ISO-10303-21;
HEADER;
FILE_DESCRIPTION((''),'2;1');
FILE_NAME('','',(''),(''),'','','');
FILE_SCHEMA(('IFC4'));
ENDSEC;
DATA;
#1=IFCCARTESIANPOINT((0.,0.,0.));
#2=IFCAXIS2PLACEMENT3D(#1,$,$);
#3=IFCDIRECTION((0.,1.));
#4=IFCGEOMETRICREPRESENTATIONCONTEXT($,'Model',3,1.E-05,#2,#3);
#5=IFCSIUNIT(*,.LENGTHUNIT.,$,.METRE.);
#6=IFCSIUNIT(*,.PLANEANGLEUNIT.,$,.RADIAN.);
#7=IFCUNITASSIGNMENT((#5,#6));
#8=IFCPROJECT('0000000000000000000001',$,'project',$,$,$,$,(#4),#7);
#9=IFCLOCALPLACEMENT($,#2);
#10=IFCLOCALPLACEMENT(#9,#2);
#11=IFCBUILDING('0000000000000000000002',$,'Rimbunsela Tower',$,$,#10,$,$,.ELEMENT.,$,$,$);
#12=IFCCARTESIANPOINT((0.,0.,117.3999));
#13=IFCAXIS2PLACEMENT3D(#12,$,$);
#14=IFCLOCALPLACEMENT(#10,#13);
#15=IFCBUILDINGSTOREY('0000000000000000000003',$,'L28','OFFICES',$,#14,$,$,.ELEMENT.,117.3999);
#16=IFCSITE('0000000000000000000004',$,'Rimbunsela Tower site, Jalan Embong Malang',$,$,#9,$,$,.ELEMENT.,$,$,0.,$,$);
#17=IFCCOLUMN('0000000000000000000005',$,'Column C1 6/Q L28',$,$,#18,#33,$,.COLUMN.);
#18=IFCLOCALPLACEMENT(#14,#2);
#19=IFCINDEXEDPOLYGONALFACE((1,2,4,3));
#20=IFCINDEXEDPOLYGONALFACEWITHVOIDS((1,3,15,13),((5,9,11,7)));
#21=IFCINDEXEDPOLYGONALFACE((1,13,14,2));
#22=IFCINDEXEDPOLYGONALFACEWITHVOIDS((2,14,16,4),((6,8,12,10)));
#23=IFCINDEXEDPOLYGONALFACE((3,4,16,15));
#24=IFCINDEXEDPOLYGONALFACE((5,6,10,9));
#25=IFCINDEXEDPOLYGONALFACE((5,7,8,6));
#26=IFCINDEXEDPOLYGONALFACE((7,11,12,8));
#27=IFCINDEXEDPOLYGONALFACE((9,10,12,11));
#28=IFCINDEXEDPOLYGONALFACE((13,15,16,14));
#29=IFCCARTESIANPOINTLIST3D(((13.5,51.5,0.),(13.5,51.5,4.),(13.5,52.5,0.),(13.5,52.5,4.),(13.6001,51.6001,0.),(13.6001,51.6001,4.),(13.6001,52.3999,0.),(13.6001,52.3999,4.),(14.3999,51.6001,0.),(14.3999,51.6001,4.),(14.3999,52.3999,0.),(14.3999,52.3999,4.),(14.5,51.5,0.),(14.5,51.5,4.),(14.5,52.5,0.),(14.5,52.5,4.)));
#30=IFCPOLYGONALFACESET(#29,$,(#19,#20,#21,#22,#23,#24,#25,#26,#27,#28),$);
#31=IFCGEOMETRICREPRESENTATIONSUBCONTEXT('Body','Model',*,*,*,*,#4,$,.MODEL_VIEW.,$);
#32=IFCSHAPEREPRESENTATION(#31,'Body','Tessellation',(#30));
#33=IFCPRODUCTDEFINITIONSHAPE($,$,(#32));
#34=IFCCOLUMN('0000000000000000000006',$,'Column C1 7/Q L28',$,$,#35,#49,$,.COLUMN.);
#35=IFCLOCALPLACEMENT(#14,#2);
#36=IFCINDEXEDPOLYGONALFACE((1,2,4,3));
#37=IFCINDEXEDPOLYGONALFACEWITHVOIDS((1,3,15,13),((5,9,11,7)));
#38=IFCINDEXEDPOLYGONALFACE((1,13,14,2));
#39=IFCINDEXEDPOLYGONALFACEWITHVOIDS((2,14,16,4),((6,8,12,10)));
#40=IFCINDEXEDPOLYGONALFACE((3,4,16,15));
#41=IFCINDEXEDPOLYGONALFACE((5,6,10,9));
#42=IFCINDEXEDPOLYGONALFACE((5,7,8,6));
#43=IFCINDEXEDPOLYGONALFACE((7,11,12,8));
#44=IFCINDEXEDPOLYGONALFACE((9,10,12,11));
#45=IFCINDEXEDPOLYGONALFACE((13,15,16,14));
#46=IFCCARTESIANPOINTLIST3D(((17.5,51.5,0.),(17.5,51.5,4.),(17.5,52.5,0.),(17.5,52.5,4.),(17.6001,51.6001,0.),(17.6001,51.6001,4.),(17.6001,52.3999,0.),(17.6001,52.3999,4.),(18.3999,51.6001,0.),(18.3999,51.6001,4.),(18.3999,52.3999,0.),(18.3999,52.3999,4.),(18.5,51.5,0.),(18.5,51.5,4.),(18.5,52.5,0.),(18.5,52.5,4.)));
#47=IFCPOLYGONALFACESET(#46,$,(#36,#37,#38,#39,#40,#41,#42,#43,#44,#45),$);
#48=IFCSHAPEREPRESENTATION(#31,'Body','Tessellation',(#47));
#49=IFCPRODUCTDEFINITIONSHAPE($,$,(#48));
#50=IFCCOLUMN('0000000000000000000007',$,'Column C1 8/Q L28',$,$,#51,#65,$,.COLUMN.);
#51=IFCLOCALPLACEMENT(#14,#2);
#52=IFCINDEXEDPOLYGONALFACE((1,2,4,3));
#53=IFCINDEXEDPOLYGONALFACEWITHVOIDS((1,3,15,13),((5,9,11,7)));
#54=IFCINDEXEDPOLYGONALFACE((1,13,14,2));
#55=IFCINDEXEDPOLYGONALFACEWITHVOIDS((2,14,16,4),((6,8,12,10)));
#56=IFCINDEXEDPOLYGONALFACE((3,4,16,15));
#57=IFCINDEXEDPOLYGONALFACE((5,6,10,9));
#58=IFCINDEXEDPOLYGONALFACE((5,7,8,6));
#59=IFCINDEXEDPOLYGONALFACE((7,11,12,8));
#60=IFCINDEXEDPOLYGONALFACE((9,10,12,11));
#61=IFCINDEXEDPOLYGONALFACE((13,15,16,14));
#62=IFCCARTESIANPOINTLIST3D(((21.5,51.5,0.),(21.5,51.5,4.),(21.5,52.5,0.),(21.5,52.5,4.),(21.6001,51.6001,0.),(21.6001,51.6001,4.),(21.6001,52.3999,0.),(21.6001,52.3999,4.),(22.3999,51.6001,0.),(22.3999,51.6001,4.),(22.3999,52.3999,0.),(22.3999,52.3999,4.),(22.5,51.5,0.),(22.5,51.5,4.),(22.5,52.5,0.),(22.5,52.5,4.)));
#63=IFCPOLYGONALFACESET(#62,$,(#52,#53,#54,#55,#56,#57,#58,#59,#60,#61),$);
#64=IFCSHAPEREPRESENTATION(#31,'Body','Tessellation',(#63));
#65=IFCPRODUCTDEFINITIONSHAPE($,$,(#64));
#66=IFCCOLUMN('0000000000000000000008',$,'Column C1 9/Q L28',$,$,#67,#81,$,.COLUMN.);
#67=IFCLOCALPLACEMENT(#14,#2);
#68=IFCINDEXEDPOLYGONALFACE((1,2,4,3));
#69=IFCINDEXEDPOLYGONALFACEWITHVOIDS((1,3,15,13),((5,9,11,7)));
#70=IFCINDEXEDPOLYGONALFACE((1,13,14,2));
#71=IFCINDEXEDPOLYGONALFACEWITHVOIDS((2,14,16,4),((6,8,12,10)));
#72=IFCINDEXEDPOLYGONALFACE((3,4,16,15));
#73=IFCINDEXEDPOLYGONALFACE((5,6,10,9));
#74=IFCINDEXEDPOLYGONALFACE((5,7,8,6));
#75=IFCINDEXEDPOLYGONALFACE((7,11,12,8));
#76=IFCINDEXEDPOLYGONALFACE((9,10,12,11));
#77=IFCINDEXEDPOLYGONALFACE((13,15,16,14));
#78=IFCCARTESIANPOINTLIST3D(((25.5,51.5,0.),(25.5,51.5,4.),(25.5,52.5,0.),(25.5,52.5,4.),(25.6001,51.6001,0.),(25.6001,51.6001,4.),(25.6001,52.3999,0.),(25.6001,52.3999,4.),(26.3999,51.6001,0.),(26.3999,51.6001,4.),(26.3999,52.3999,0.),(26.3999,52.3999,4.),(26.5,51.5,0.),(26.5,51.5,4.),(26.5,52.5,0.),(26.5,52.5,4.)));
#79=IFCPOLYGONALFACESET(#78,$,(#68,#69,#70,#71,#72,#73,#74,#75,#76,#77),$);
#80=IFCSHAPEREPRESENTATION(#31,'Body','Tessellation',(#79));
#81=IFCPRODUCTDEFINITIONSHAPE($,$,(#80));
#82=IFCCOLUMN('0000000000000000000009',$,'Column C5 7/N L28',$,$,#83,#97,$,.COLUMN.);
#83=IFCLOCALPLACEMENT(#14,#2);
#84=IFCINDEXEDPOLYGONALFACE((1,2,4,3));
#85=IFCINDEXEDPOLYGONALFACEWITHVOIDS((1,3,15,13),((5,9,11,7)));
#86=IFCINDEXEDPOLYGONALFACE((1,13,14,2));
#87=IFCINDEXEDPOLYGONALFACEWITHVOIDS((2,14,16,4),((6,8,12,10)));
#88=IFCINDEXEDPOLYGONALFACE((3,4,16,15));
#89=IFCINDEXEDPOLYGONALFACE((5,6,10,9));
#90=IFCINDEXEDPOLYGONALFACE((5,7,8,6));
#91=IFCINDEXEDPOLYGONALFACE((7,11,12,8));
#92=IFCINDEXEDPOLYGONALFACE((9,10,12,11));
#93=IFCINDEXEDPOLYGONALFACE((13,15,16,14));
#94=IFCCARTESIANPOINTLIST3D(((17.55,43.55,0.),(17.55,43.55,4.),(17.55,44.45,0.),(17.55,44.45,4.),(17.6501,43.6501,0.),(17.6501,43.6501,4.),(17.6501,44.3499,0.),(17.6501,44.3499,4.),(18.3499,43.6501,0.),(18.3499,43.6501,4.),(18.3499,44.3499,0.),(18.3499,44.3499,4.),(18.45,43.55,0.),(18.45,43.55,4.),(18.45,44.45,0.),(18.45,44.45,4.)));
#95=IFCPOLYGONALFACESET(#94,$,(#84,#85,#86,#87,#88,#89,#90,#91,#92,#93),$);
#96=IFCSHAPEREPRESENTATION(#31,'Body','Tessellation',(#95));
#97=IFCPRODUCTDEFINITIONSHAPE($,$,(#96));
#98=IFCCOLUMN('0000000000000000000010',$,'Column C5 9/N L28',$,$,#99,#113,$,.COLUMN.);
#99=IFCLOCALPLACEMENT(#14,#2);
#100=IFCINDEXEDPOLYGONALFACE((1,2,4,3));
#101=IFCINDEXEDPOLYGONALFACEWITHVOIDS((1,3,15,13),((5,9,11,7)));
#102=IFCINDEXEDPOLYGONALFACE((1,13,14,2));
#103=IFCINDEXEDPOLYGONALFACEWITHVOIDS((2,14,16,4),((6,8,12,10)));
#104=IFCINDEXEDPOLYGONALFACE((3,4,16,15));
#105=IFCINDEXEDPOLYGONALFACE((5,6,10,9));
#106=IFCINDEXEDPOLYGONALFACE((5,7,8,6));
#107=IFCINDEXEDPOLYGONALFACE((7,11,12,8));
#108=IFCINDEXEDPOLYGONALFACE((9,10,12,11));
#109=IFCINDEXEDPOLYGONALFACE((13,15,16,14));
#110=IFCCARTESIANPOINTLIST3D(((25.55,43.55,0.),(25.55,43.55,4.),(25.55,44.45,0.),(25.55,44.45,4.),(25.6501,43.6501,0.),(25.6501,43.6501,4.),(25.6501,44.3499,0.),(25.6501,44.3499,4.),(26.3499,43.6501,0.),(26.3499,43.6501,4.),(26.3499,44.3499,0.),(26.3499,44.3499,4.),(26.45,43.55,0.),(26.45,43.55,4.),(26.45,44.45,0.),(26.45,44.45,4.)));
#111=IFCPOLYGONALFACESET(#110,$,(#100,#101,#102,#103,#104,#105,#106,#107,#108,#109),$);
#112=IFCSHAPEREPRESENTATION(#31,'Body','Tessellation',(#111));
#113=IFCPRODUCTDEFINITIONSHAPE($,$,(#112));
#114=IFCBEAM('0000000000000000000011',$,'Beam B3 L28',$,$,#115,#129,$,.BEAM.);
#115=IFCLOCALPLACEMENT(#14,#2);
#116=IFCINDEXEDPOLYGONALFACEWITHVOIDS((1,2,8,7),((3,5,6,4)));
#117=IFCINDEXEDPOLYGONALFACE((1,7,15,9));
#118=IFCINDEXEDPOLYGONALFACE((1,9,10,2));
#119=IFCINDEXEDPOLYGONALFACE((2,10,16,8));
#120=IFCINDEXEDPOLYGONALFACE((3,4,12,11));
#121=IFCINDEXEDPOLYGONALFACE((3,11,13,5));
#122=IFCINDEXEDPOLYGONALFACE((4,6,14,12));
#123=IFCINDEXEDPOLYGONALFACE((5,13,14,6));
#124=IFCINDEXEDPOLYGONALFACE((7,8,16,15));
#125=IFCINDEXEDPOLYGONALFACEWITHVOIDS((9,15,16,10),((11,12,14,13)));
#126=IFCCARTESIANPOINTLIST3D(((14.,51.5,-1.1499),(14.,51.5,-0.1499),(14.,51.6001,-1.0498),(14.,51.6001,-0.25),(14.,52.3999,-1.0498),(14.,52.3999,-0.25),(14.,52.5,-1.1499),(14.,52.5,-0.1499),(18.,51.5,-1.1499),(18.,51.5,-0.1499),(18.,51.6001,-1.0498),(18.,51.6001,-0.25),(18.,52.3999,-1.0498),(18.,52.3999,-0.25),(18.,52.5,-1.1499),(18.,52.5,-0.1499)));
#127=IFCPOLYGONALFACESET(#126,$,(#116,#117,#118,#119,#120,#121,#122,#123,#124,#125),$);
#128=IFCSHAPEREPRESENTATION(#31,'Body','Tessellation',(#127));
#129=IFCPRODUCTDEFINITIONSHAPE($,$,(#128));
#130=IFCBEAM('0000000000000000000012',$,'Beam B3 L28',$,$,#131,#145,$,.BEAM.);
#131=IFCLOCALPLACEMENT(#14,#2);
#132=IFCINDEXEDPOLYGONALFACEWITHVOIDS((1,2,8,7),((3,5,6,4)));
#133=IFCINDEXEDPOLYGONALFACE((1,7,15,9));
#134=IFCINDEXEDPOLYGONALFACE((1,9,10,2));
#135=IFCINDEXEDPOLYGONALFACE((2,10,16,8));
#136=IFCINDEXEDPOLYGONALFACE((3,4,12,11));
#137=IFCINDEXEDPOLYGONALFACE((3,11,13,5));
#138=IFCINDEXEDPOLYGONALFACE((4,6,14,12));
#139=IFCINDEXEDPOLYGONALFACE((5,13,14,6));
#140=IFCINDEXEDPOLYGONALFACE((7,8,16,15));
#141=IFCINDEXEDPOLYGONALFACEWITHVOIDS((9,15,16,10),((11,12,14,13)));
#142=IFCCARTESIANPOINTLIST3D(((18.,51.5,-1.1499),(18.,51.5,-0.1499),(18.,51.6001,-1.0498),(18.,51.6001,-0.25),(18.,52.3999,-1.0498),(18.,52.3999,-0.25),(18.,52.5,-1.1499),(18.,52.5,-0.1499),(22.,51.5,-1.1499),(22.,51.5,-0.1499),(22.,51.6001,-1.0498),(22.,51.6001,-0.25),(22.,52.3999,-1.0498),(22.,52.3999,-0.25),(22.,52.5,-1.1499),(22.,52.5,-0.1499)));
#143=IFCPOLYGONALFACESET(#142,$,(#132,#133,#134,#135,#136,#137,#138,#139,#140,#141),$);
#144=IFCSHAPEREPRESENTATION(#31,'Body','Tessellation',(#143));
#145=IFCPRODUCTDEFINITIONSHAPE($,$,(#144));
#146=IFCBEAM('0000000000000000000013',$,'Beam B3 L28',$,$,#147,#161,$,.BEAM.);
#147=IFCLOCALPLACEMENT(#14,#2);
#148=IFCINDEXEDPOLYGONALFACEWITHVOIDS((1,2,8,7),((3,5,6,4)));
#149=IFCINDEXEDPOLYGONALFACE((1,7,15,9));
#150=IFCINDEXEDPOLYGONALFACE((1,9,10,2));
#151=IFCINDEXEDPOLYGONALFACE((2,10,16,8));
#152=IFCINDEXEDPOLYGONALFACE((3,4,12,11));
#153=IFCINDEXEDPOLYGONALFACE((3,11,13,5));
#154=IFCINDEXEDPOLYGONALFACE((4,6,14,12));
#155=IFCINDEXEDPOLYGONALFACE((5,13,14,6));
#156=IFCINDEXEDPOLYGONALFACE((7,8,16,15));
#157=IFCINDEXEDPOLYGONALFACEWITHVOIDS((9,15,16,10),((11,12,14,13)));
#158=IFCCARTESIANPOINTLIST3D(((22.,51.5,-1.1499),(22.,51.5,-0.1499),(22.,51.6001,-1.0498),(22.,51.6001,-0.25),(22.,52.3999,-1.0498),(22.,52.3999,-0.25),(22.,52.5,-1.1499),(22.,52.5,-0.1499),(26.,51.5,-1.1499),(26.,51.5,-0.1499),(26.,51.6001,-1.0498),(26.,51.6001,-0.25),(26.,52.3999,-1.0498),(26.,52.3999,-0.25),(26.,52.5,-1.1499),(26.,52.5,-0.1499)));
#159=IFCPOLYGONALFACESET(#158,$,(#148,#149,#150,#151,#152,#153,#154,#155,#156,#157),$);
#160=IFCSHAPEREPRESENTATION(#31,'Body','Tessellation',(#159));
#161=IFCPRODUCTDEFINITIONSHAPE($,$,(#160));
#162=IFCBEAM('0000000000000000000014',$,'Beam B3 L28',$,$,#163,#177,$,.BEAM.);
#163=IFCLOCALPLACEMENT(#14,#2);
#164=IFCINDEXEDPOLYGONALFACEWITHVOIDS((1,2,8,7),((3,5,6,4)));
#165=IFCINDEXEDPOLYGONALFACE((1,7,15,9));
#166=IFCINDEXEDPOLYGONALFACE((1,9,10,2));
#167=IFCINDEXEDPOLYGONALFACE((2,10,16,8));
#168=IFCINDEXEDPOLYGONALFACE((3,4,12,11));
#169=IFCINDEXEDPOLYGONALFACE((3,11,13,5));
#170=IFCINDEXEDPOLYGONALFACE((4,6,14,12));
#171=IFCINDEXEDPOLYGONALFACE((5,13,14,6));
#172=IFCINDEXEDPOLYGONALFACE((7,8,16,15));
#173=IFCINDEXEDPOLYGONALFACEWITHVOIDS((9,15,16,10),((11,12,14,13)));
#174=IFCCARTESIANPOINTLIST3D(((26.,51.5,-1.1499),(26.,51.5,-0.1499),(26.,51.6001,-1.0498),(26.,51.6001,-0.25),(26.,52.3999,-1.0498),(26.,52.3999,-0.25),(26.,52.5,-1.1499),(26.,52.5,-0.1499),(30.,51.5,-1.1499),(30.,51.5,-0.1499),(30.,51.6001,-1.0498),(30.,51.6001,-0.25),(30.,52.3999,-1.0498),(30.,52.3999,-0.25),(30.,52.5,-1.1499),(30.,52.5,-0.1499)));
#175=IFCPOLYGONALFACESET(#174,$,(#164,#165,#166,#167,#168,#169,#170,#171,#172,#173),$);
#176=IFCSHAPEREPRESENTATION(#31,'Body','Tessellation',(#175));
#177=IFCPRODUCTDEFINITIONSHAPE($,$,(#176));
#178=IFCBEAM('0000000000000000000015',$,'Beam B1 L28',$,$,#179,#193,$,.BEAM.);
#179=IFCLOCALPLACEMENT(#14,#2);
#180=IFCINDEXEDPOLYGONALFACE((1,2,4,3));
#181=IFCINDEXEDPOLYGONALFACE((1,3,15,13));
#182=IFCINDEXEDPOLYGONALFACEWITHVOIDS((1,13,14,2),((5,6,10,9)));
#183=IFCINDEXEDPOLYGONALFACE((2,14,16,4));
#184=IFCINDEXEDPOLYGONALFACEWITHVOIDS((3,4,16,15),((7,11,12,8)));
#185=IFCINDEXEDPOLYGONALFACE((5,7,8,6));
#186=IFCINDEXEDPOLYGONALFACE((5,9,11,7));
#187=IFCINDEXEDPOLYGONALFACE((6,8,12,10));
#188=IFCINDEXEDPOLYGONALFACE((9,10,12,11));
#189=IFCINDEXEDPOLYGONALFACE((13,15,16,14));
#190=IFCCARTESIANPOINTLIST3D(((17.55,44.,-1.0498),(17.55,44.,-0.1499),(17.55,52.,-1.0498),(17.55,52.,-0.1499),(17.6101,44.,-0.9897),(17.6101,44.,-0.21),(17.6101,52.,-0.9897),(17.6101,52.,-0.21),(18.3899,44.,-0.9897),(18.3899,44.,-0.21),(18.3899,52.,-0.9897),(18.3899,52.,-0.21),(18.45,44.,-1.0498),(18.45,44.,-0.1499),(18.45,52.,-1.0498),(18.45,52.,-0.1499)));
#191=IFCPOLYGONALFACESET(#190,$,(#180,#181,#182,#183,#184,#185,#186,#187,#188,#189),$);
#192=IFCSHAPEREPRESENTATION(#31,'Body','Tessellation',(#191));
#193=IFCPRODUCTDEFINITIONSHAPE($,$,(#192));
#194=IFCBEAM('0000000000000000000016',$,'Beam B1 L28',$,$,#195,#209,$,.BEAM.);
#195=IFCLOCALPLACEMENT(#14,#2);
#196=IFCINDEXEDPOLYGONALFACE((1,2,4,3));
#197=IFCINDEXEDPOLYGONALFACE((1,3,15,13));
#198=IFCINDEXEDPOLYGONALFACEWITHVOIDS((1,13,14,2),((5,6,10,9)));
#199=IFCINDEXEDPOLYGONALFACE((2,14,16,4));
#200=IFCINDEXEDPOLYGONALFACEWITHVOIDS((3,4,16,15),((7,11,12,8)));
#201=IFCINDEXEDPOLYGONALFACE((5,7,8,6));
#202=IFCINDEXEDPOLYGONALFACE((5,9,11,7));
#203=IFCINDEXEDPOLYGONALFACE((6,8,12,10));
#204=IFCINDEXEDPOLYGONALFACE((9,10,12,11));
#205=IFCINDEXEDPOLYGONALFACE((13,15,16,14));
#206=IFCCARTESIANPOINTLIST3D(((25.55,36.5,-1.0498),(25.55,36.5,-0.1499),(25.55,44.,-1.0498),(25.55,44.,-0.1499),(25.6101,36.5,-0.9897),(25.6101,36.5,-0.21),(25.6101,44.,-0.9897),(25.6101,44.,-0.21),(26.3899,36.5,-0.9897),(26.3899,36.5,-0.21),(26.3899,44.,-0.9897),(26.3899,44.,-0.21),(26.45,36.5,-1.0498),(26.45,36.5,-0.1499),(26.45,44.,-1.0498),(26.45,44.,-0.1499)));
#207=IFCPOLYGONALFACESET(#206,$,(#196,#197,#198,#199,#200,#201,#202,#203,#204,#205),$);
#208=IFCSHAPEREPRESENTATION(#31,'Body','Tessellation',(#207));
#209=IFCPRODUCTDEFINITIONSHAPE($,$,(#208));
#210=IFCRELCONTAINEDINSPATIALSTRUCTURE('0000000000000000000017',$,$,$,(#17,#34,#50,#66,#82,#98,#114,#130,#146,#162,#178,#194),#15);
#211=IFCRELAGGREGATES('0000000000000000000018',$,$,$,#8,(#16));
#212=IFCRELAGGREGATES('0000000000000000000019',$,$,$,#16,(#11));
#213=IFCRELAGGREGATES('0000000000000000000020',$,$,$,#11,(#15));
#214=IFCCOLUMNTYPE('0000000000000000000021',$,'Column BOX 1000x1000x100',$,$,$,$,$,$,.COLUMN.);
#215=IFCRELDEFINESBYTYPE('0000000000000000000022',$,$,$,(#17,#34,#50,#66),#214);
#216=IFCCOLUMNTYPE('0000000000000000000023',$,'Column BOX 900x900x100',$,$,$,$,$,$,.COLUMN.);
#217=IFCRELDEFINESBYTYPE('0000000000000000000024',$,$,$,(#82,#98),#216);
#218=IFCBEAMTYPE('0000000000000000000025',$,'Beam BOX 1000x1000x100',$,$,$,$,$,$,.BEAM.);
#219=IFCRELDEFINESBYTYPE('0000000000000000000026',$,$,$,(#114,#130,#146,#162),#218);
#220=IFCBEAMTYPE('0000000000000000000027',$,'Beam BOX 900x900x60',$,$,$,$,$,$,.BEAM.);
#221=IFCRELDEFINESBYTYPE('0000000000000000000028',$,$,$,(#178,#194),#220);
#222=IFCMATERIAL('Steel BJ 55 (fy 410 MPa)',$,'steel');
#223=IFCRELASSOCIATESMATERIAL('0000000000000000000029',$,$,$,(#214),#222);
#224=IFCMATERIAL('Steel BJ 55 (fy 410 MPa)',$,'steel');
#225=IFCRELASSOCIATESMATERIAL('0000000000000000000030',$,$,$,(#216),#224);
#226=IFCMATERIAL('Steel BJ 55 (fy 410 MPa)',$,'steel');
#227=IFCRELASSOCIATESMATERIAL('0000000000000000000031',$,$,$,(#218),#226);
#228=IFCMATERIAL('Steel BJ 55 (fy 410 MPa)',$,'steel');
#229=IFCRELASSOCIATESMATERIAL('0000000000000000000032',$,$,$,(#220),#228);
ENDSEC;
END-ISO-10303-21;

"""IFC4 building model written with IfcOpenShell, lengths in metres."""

from ifc_helpers import new_model, si_unit, direction, frame, origin, origin_2d, place, context, subcontext, project, spatial, hollow_rectangle, extrude, material, material_profile, profile_set, type_object, element, save


model = new_model("IFC4")

# Units and contexts
model_context = context("Model", 3, precision=1e-05, world=origin(), true_north=direction((0.0, 1.0)))
body_context = subcontext(model_context, "Body", "Model", "MODEL_VIEW")
ifc_project = project(units=[si_unit("LENGTHUNIT", "METRE"), si_unit("PLANEANGLEUNIT", "RADIAN")], contexts=[model_context])

# Site, building, storey
site_placement = place(None, origin())
site = spatial("IfcSite", under=ifc_project, at=site_placement, Name="Rimbunsela Tower site, Jalan Embong Malang", CompositionType="ELEMENT", RefElevation=0.0)
building_placement = place(site_placement, origin())
building = spatial("IfcBuilding", under=site, at=building_placement, Name="Rimbunsela Tower", CompositionType="ELEMENT")
storey_placement = place(building_placement, frame((0.0, 0.0, 117.3999)))
storey = spatial("IfcBuildingStorey", under=building, at=storey_placement, Name="L28", Description="OFFICES", CompositionType="ELEMENT", Elevation=117.3999)

# Columns
ifc_material_1 = material(Name="Steel BJ 55 (fy 410 MPa)", Category="steel")
ifc_material_profile_1 = material_profile(ifc_material_1, hollow_rectangle(XDim=1.0, YDim=1.0, WallThickness=0.1001, at=origin_2d()), Name="BOX 1000x1000x100")
ifc_profile_set_1 = profile_set([ifc_material_profile_1], Name="Steel BJ 55 (fy 410 MPa)")
column_type_1 = type_object("IfcColumnType", Name="Column BOX 1000x1000x100", PredefinedType="COLUMN", material=ifc_profile_set_1)
for number, where, z_axis, x_axis, name in (
    (1, (14.0, 52.0, 0.0), (0.0, 0.0, 1.0), (1.0, 0.0, 0.0), "Column C1 6/Q L28"),
    (2, (18.0, 52.0, 0.0), (0.0, 0.0, 1.0), (1.0, 0.0, 0.0), "Column C1 7/Q L28"),
    (3, (22.0, 52.0, 0.0), (0.0, 0.0, 1.0), (1.0, 0.0, 0.0), "Column C1 8/Q L28"),
    (4, (26.0, 52.0, 0.0), (0.0, 0.0, 1.0), (1.0, 0.0, 0.0), "Column C1 9/Q L28"),
):
    element("IfcColumn", number, at=place(storey_placement, frame(where, z_axis=z_axis, x_axis=x_axis)), inside=storey, type_object=column_type_1, Name=name, PredefinedType="COLUMN", context=body_context, shape_type="SweptSolid", body=[
        extrude(hollow_rectangle(XDim=1.0, YDim=1.0, WallThickness=0.1001, at=origin_2d()), origin(), (0.0, 0.0, 1.0), 4.0),
    ])
ifc_material_2 = material(Name="Steel BJ 55 (fy 410 MPa)", Category="steel")
ifc_material_profile_2 = material_profile(ifc_material_2, hollow_rectangle(XDim=0.8999, YDim=0.8999, WallThickness=0.1001, at=origin_2d()), Name="BOX 900x900x100")
ifc_profile_set_2 = profile_set([ifc_material_profile_2], Name="Steel BJ 55 (fy 410 MPa)")
column_type_2 = type_object("IfcColumnType", Name="Column BOX 900x900x100", PredefinedType="COLUMN", material=ifc_profile_set_2)
for number, where, z_axis, x_axis, name in (
    (5, (18.0, 44.0, 0.0), (0.0, 0.0, 1.0), (1.0, 0.0, 0.0), "Column C5 7/N L28"),
    (6, (26.0, 44.0, 0.0), (0.0, 0.0, 1.0), (1.0, 0.0, 0.0), "Column C5 9/N L28"),
):
    element("IfcColumn", number, at=place(storey_placement, frame(where, z_axis=z_axis, x_axis=x_axis)), inside=storey, type_object=column_type_2, Name=name, PredefinedType="COLUMN", context=body_context, shape_type="SweptSolid", body=[
        extrude(hollow_rectangle(XDim=0.8999, YDim=0.8999, WallThickness=0.1001, at=origin_2d()), origin(), (0.0, 0.0, 1.0), 4.0),
    ])

# Beams
ifc_material_3 = material(Name="Steel BJ 55 (fy 410 MPa)", Category="steel")
ifc_material_profile_3 = material_profile(ifc_material_3, hollow_rectangle(XDim=1.0, YDim=1.0, WallThickness=0.1001, at=origin_2d()), Name="BOX 1000x1000x100")
ifc_profile_set_3 = profile_set([ifc_material_profile_3], Name="Steel BJ 55 (fy 410 MPa)")
beam_type_1 = type_object("IfcBeamType", Name="Beam BOX 1000x1000x100", PredefinedType="BEAM", material=ifc_profile_set_3)
for number, where, z_axis, x_axis, name in (
    (7, (14.0, 52.0, -0.6499), (1.0, 0.0, 0.0), (0.0, 1.0, 0.0), "Beam B3 L28"),
    (8, (18.0, 52.0, -0.6499), (1.0, 0.0, 0.0), (0.0, 1.0, 0.0), "Beam B3 L28"),
    (9, (22.0, 52.0, -0.6499), (1.0, 0.0, 0.0), (0.0, 1.0, 0.0), "Beam B3 L28"),
    (10, (26.0, 52.0, -0.6499), (1.0, 0.0, 0.0), (0.0, 1.0, 0.0), "Beam B3 L28"),
):
    element("IfcBeam", number, at=place(storey_placement, frame(where, z_axis=z_axis, x_axis=x_axis)), inside=storey, type_object=beam_type_1, Name=name, PredefinedType="BEAM", context=body_context, shape_type="SweptSolid", body=[
        extrude(hollow_rectangle(XDim=1.0, YDim=1.0, WallThickness=0.1001, at=origin_2d()), origin(), (0.0, 0.0, 1.0), 4.0),
    ])
ifc_material_4 = material(Name="Steel BJ 55 (fy 410 MPa)", Category="steel")
ifc_material_profile_4 = material_profile(ifc_material_4, hollow_rectangle(XDim=0.8999, YDim=0.8999, WallThickness=0.0601, at=origin_2d()), Name="BOX 900x900x60")
ifc_profile_set_4 = profile_set([ifc_material_profile_4], Name="Steel BJ 55 (fy 410 MPa)")
beam_type_2 = type_object("IfcBeamType", Name="Beam BOX 900x900x60", PredefinedType="BEAM", material=ifc_profile_set_4)
beam_1_placement = place(storey_placement, frame((18.0, 44.0, -0.5999), z_axis=(0.0, 1.0, 0.0), x_axis=(-1.0, 0.0, 0.0)))
element("IfcBeam", 11, at=beam_1_placement, inside=storey, type_object=beam_type_2, Name="Beam B1 L28", PredefinedType="BEAM", context=body_context, shape_type="SweptSolid", body=[
    extrude(hollow_rectangle(XDim=0.8999, YDim=0.8999, WallThickness=0.0601, at=origin_2d()), origin(), (0.0, 0.0, 1.0), 8.0),
])
beam_2_placement = place(storey_placement, frame((26.0, 36.5, -0.5999), z_axis=(0.0, 1.0, 0.0), x_axis=(-1.0, 0.0, 0.0)))
element("IfcBeam", 12, at=beam_2_placement, inside=storey, type_object=beam_type_2, Name="Beam B1 L28", PredefinedType="BEAM", context=body_context, shape_type="SweptSolid", body=[
    extrude(hollow_rectangle(XDim=0.8999, YDim=0.8999, WallThickness=0.0601, at=origin_2d()), origin(), (0.0, 0.0, 1.0), 7.5),
])

save(model, "model.ifc")
